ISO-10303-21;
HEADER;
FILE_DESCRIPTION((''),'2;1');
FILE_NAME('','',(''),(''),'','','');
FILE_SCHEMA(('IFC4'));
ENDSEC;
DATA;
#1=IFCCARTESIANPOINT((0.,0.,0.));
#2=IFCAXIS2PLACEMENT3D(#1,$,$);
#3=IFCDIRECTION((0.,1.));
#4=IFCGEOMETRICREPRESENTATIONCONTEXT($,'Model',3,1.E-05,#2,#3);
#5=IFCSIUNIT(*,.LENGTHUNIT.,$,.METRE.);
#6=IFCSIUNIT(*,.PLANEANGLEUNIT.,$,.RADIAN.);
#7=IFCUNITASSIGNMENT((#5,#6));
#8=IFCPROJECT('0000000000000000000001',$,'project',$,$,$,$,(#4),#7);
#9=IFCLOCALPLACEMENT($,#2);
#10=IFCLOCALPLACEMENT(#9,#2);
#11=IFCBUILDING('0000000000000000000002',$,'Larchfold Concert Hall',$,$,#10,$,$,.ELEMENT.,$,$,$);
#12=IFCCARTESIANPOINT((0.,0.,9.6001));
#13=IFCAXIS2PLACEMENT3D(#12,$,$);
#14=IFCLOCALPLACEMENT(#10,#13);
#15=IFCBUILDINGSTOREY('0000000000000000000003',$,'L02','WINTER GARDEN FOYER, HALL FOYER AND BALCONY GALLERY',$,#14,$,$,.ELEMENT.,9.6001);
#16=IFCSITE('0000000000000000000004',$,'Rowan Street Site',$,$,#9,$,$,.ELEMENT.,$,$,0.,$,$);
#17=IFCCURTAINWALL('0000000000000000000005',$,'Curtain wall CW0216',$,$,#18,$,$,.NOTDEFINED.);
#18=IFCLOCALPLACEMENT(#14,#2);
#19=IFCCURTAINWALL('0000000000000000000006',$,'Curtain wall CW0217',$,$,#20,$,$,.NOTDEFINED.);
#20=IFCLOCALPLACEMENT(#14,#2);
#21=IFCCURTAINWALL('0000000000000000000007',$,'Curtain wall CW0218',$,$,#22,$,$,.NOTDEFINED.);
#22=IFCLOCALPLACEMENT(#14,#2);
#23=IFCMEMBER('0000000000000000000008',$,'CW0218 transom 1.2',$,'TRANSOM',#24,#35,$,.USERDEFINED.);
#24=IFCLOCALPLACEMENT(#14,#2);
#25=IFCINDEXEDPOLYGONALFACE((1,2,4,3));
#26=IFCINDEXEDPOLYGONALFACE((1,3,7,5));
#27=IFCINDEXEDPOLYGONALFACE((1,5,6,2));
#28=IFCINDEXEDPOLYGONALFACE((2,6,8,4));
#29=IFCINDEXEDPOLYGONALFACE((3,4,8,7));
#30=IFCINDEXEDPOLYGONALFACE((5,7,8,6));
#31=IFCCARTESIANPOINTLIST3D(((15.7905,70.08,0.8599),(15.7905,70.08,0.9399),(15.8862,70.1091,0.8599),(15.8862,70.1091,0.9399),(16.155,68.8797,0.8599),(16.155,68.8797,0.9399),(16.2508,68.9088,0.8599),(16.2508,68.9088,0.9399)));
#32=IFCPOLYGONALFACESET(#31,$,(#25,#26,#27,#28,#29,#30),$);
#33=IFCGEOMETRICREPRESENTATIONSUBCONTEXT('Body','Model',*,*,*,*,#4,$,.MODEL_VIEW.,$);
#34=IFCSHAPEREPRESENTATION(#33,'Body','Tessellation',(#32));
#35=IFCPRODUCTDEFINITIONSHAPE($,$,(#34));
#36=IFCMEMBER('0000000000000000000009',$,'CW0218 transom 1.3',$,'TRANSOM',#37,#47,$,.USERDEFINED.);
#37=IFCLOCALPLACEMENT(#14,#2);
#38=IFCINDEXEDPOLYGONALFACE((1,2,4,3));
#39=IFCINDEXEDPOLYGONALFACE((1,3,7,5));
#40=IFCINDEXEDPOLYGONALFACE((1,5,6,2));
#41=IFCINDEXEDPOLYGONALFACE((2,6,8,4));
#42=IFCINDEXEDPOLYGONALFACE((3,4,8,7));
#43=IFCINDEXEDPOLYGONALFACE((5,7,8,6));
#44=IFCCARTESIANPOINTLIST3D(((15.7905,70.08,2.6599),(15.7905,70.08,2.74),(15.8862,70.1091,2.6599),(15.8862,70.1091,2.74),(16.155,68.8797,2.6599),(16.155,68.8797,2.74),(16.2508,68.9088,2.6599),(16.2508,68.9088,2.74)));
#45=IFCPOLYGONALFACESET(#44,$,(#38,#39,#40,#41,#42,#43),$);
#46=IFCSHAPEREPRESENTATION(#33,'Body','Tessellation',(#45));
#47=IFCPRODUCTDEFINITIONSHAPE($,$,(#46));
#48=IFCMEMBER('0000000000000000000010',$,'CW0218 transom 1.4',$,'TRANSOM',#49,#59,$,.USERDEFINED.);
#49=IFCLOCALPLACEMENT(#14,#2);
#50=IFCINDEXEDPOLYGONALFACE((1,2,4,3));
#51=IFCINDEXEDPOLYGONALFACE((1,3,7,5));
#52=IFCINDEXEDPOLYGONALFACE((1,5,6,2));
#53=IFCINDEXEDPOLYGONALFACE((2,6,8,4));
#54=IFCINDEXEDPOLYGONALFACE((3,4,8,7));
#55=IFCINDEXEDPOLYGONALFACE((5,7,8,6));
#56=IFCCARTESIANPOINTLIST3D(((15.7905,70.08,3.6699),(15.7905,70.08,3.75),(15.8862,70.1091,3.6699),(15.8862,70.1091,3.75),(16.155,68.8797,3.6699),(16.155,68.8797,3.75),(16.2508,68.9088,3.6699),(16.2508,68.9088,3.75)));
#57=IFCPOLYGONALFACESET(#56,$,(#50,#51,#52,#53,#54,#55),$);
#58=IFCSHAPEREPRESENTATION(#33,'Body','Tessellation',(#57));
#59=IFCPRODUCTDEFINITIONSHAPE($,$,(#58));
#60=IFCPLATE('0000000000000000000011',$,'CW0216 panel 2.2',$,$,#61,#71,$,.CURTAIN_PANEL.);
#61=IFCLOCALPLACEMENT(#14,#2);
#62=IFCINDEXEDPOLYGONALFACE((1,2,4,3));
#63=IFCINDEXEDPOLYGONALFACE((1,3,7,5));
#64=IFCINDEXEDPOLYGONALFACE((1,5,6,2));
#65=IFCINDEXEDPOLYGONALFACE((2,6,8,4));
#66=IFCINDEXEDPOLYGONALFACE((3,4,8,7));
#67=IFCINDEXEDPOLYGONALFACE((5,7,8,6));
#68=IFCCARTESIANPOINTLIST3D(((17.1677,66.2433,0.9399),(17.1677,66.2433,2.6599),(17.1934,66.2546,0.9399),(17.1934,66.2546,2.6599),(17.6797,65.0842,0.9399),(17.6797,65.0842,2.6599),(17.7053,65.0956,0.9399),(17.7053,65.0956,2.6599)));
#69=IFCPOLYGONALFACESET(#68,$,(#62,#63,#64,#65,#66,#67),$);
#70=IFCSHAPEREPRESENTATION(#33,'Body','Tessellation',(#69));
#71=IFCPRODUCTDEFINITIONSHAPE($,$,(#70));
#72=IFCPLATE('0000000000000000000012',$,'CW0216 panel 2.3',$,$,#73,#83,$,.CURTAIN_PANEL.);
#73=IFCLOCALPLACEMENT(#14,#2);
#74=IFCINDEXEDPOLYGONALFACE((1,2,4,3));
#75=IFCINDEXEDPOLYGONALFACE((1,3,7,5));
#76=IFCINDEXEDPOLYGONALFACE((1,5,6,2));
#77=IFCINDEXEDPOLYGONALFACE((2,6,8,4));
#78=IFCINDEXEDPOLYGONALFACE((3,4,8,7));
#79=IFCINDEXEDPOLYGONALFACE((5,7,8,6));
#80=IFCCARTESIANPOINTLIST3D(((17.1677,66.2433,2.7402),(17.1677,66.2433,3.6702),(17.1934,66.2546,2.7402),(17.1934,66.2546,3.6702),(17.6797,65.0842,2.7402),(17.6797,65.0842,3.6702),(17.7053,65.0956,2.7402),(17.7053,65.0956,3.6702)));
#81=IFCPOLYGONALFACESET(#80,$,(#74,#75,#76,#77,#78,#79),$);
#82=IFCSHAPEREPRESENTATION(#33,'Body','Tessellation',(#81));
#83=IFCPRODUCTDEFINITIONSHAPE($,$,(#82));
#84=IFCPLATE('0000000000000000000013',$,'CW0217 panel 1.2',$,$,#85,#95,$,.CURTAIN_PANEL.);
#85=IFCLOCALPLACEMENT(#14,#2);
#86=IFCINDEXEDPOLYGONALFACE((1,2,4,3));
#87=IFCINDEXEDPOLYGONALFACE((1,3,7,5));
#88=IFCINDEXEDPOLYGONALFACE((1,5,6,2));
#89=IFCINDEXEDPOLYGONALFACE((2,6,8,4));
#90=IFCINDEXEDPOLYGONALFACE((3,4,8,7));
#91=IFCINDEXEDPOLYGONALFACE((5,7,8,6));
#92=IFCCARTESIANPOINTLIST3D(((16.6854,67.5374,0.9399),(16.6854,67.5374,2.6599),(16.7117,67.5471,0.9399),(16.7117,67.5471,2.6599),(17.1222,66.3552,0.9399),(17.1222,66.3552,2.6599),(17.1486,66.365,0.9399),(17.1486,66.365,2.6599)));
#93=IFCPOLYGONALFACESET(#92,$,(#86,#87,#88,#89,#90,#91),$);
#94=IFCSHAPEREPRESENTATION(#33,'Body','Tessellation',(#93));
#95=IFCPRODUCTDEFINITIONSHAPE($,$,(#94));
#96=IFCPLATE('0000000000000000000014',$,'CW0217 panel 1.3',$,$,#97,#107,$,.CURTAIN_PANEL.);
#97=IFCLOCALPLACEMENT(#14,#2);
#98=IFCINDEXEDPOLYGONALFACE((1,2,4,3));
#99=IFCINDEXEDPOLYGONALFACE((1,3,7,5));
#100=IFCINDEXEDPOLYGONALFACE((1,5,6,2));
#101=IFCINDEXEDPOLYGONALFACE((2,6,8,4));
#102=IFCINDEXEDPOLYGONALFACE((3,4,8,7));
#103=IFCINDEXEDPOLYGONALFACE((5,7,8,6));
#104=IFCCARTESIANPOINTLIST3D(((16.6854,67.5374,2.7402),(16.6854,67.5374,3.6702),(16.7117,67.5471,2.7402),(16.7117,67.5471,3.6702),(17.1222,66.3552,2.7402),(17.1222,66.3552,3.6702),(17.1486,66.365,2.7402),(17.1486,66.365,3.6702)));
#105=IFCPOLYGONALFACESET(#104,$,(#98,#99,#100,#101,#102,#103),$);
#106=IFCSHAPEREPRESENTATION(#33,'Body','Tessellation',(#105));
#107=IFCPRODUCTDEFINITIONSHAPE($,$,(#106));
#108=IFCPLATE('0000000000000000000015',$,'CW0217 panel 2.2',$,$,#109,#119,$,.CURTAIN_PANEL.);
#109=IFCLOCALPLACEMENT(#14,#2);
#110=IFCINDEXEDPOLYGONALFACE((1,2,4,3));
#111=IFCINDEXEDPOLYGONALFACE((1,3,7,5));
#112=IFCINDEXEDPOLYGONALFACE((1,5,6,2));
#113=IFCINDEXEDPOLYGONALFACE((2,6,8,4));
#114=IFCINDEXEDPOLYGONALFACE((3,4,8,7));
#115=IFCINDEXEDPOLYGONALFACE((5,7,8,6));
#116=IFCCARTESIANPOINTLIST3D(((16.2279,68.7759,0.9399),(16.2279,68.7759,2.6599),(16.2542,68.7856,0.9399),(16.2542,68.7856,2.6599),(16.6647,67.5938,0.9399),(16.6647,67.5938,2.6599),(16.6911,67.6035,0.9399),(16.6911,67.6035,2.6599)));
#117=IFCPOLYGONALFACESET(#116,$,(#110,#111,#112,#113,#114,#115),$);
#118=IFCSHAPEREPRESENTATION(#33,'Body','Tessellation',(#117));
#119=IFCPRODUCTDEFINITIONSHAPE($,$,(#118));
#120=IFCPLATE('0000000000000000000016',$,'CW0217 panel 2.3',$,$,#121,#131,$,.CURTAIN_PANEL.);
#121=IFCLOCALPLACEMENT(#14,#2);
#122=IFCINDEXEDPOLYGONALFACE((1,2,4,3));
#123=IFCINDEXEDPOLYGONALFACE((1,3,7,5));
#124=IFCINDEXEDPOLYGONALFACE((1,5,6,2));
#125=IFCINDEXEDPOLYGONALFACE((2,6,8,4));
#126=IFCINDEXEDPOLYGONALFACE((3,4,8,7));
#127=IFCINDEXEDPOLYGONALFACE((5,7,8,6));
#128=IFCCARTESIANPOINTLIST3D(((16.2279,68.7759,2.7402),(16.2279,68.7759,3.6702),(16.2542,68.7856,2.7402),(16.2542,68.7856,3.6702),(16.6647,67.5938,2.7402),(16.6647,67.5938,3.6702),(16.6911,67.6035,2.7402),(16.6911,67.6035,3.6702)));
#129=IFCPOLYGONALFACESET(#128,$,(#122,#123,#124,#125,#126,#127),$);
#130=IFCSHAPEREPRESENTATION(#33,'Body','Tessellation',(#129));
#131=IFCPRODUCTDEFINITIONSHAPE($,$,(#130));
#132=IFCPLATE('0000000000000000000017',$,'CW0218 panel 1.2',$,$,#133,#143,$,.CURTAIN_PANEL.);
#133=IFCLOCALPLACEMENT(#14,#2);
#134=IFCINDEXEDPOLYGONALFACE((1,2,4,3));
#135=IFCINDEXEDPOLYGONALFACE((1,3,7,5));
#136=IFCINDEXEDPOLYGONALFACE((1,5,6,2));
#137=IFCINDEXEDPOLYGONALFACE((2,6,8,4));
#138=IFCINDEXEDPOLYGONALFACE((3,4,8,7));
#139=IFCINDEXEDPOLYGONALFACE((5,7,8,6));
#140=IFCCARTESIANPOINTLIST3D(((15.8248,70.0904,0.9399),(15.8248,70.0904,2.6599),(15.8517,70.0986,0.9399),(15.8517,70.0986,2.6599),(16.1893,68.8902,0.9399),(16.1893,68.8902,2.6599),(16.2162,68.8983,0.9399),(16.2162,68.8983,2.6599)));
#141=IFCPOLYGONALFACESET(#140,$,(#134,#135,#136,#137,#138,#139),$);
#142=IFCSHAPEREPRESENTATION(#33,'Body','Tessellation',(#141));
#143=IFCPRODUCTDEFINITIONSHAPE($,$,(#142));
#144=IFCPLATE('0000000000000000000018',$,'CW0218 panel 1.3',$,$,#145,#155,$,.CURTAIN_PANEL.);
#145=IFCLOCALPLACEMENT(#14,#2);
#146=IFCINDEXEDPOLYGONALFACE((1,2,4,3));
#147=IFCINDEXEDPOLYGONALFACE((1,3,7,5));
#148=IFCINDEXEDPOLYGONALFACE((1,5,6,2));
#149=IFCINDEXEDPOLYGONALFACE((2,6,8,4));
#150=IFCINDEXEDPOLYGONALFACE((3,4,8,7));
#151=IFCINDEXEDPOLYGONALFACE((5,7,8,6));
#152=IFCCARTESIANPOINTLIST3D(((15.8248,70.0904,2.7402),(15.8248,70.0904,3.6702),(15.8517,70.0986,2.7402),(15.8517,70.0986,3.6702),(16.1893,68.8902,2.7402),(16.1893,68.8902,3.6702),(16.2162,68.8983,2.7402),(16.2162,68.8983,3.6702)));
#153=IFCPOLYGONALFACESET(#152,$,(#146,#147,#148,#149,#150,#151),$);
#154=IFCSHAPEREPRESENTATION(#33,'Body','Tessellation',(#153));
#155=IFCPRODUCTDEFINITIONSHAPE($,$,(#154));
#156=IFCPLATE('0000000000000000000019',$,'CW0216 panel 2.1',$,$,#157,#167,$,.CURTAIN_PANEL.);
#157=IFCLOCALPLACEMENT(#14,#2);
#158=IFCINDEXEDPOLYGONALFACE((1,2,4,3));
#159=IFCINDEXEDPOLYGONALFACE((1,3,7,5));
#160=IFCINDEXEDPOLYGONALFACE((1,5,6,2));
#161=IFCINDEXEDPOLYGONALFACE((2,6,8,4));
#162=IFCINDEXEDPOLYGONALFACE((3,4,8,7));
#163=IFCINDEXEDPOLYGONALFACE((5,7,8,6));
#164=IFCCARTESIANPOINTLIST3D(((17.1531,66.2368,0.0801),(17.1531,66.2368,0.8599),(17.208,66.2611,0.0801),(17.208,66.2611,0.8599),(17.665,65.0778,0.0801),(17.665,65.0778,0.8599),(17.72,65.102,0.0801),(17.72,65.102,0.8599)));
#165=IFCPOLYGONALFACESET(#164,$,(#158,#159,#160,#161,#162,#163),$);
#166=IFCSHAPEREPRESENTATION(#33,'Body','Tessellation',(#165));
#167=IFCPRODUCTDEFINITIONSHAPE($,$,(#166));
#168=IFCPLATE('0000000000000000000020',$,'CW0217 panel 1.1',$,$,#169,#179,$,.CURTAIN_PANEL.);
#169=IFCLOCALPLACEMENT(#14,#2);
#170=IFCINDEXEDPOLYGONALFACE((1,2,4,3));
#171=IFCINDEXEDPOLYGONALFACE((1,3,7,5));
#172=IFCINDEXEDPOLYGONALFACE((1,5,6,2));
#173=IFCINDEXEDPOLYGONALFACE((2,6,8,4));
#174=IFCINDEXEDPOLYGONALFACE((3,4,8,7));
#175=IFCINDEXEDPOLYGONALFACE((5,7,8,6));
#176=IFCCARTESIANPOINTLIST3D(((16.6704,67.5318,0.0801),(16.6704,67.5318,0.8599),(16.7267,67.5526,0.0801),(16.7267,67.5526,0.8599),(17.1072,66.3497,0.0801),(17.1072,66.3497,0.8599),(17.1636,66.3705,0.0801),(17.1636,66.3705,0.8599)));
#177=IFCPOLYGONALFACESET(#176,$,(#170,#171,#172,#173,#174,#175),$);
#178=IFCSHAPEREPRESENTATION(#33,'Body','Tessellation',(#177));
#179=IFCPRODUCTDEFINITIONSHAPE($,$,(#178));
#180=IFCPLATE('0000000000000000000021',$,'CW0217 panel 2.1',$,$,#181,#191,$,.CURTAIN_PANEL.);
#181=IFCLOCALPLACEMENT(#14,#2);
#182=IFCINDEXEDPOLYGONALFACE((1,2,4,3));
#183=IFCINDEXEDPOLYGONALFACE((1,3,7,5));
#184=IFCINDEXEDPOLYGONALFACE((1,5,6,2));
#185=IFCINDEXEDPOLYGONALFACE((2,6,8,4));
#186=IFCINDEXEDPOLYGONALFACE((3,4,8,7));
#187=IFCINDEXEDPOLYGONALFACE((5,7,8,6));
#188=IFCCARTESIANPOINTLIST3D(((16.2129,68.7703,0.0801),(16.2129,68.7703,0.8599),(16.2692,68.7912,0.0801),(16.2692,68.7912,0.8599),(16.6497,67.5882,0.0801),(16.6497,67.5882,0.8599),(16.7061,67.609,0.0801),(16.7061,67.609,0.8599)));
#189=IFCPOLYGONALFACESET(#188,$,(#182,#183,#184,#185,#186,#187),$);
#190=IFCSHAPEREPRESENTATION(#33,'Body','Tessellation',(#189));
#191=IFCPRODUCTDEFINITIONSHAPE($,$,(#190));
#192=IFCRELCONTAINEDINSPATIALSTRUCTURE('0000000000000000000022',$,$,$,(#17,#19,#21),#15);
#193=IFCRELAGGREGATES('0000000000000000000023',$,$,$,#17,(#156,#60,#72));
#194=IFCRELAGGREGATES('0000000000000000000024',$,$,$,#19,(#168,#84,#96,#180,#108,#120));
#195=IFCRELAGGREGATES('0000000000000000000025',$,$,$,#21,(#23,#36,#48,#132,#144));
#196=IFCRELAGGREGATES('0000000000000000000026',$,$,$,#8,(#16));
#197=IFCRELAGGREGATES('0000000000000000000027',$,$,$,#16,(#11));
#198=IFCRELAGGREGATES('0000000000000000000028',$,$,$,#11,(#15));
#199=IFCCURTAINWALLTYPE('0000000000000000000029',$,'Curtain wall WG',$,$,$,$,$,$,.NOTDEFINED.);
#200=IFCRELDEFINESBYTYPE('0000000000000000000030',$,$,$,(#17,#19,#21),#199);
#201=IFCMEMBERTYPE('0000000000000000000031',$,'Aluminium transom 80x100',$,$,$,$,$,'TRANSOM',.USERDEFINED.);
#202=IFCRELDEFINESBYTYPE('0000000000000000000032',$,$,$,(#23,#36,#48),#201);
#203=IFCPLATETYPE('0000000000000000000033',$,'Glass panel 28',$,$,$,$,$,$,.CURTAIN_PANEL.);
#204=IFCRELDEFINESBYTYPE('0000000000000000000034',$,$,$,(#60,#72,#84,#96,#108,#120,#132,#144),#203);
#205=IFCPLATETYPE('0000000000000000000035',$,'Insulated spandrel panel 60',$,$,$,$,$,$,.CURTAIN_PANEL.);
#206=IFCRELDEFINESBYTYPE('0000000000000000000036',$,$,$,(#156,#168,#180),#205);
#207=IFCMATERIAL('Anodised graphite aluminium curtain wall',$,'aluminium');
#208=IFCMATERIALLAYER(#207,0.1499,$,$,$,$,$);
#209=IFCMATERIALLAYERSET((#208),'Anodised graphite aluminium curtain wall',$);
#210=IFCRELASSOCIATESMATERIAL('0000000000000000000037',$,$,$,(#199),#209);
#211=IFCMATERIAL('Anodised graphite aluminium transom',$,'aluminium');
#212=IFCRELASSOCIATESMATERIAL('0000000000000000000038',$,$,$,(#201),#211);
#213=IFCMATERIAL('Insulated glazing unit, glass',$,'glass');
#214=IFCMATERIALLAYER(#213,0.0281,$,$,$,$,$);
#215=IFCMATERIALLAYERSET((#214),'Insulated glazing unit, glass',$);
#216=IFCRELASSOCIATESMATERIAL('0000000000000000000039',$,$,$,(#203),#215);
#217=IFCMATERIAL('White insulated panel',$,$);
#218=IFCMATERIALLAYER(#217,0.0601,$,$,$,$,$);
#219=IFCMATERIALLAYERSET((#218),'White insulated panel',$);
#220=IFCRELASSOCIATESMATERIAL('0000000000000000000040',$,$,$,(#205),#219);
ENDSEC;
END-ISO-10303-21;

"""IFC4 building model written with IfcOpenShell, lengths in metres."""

from ifc_helpers import new_model, si_unit, direction, frame, origin, origin_2d, place, context, subcontext, project, spatial, rectangle, extrude, material, layer, layer_set, material_profile, profile_set, type_object, element, aggregate, save


model = new_model("IFC4")

# Units and contexts
model_context = context("Model", 3, precision=1e-05, world=origin(), true_north=direction((0.0, 1.0)))
body_context = subcontext(model_context, "Body", "Model", "MODEL_VIEW")
ifc_project = project(units=[si_unit("LENGTHUNIT", "METRE"), si_unit("PLANEANGLEUNIT", "RADIAN")], contexts=[model_context])

# Site, building, storey
site_placement = place(None, origin())
site = spatial("IfcSite", under=ifc_project, at=site_placement, Name="Rowan Street Site", CompositionType="ELEMENT", RefElevation=0.0)
building_placement = place(site_placement, origin())
building = spatial("IfcBuilding", under=site, at=building_placement, Name="Larchfold Concert Hall", CompositionType="ELEMENT")
storey_placement = place(building_placement, frame((0.0, 0.0, 9.6001)))
storey = spatial("IfcBuildingStorey", under=building, at=storey_placement, Name="L02", Description="WINTER GARDEN FOYER, HALL FOYER AND BALCONY GALLERY", CompositionType="ELEMENT", Elevation=9.6001)

# Curtain wall
ifc_material_1 = material(Name="Anodised graphite aluminium curtain wall", Category="aluminium")
ifc_layer_1 = layer(ifc_material_1, 0.1499)
ifc_layer_set_1 = layer_set([ifc_layer_1], Name="Anodised graphite aluminium curtain wall")
curtain_wall_type = type_object("IfcCurtainWallType", Name="Curtain wall WG", PredefinedType="NOTDEFINED", material=ifc_layer_set_1)
curtain_wall_1_placement = place(storey_placement, origin())
curtain_wall_1 = element("IfcCurtainWall", 1, at=curtain_wall_1_placement, inside=storey, type_object=curtain_wall_type, Name="Curtain wall CW0216", PredefinedType="NOTDEFINED")

# Curtain wall
curtain_wall_2_placement = place(storey_placement, origin())
curtain_wall_2 = element("IfcCurtainWall", 2, at=curtain_wall_2_placement, inside=storey, type_object=curtain_wall_type, Name="Curtain wall CW0217", PredefinedType="NOTDEFINED")

# Curtain wall
curtain_wall_3_placement = place(storey_placement, origin())
curtain_wall_3 = element("IfcCurtainWall", 3, at=curtain_wall_3_placement, inside=storey, type_object=curtain_wall_type, Name="Curtain wall CW0218", PredefinedType="NOTDEFINED")

# Members
ifc_material_2 = material(Name="Anodised graphite aluminium transom", Category="aluminium")
ifc_material_profile_1 = material_profile(ifc_material_2, rectangle(XDim=0.1001, YDim=0.0801, at=origin_2d()))
ifc_profile_set_1 = profile_set([ifc_material_profile_1], Name="Anodised graphite aluminium transom")
member_type_1 = type_object("IfcMemberType", Name="Aluminium transom 80x100", ElementType="TRANSOM", PredefinedType="USERDEFINED", material=ifc_profile_set_1)
member_1_placement = place(storey_placement, frame((16.2029, 68.8943, 0.8999), z_axis=(-0.290596, 0.956846, 0.0), x_axis=(-0.956846, -0.290596, 0.0)))
member_1 = element("IfcMember", 4, at=member_1_placement, type_object=member_type_1, Name="CW0218 transom 1.2", ObjectType="TRANSOM", PredefinedType="USERDEFINED", context=body_context, shape_type="SweptSolid", body=[
    extrude(rectangle(XDim=0.1001, YDim=0.0801, at=origin_2d()), origin(), (0.0, 0.0, 1.0), 1.2544),
])
member_2_placement = place(storey_placement, frame((16.2029, 68.8943, 2.7), z_axis=(-0.290596, 0.956846, 0.0), x_axis=(-0.956846, -0.290596, 0.0)))
member_2 = element("IfcMember", 5, at=member_2_placement, type_object=member_type_1, Name="CW0218 transom 1.3", ObjectType="TRANSOM", PredefinedType="USERDEFINED", context=body_context, shape_type="SweptSolid", body=[
    extrude(rectangle(XDim=0.1001, YDim=0.0801, at=origin_2d()), origin(), (0.0, 0.0, 1.0), 1.2544),
])
member_3_placement = place(storey_placement, frame((16.2029, 68.8943, 3.71), z_axis=(-0.290596, 0.956846, 0.0), x_axis=(-0.956846, -0.290596, 0.0)))
member_3 = element("IfcMember", 6, at=member_3_placement, type_object=member_type_1, Name="CW0218 transom 1.4", ObjectType="TRANSOM", PredefinedType="USERDEFINED", context=body_context, shape_type="SweptSolid", body=[
    extrude(rectangle(XDim=0.1001, YDim=0.0801, at=origin_2d()), origin(), (0.0, 0.0, 1.0), 1.2544),
])

# Plates
ifc_material_3 = material(Name="Insulated glazing unit, glass", Category="glass")
ifc_layer_2 = layer(ifc_material_3, 0.0281)
ifc_layer_set_2 = layer_set([ifc_layer_2], Name="Insulated glazing unit, glass")
plate_type_1 = type_object("IfcPlateType", Name="Glass panel 28", PredefinedType="CURTAIN_PANEL", material=ifc_layer_set_2)
plate_1_placement = place(storey_placement, frame((17.4365, 65.6694, 0.9399), z_axis=(0.0, 0.0, 1.0), x_axis=(-0.404034, 0.914744, 0.0)))
plate_1 = element("IfcPlate", 7, at=plate_1_placement, type_object=plate_type_1, Name="CW0216 panel 2.2", PredefinedType="CURTAIN_PANEL", context=body_context, shape_type="SweptSolid", body=[
    extrude(rectangle(XDim=1.2671, YDim=0.0281, at=origin_2d()), origin(), (0.0, 0.0, 1.0), 1.72),
])
plate_2_placement = place(storey_placement, frame((17.4365, 65.6694, 2.7402), z_axis=(0.0, 0.0, 1.0), x_axis=(-0.404034, 0.914744, 0.0)))
plate_2 = element("IfcPlate", 8, at=plate_2_placement, type_object=plate_type_1, Name="CW0216 panel 2.3", PredefinedType="CURTAIN_PANEL", context=body_context, shape_type="SweptSolid", body=[
    extrude(rectangle(XDim=1.2671, YDim=0.0281, at=origin_2d()), origin(), (0.0, 0.0, 1.0), 0.9299),
])
plate_3_placement = place(storey_placement, frame((16.917, 66.9512, 0.9399), z_axis=(0.0, 0.0, 1.0), x_axis=(-0.346631, 0.938002, 0.0)))
plate_3 = element("IfcPlate", 9, at=plate_3_placement, type_object=plate_type_1, Name="CW0217 panel 1.2", PredefinedType="CURTAIN_PANEL", context=body_context, shape_type="SweptSolid", body=[
    extrude(rectangle(XDim=1.2603, YDim=0.0281, at=origin_2d()), origin(), (0.0, 0.0, 1.0), 1.72),
])
plate_4_placement = place(storey_placement, frame((16.917, 66.9512, 2.7402), z_axis=(0.0, 0.0, 1.0), x_axis=(-0.346631, 0.938002, 0.0)))
plate_4 = element("IfcPlate", 10, at=plate_4_placement, type_object=plate_type_1, Name="CW0217 panel 1.3", PredefinedType="CURTAIN_PANEL", context=body_context, shape_type="SweptSolid", body=[
    extrude(rectangle(XDim=1.2603, YDim=0.0281, at=origin_2d()), origin(), (0.0, 0.0, 1.0), 0.9299),
])
plate_5_placement = place(storey_placement, frame((16.4595, 68.1897, 0.9399), z_axis=(0.0, 0.0, 1.0), x_axis=(-0.346631, 0.938002, 0.0)))
plate_5 = element("IfcPlate", 11, at=plate_5_placement, type_object=plate_type_1, Name="CW0217 panel 2.2", PredefinedType="CURTAIN_PANEL", context=body_context, shape_type="SweptSolid", body=[
    extrude(rectangle(XDim=1.2603, YDim=0.0281, at=origin_2d()), origin(), (0.0, 0.0, 1.0), 1.72),
])
plate_6_placement = place(storey_placement, frame((16.4595, 68.1897, 2.7402), z_axis=(0.0, 0.0, 1.0), x_axis=(-0.346631, 0.938002, 0.0)))
plate_6 = element("IfcPlate", 12, at=plate_6_placement, type_object=plate_type_1, Name="CW0217 panel 2.3", PredefinedType="CURTAIN_PANEL", context=body_context, shape_type="SweptSolid", body=[
    extrude(rectangle(XDim=1.2603, YDim=0.0281, at=origin_2d()), origin(), (0.0, 0.0, 1.0), 0.9299),
])
plate_7_placement = place(storey_placement, frame((16.0205, 69.4944, 0.9399), z_axis=(0.0, 0.0, 1.0), x_axis=(-0.290562, 0.956856, 0.0)))
plate_7 = element("IfcPlate", 13, at=plate_7_placement, type_object=plate_type_1, Name="CW0218 panel 1.2", PredefinedType="CURTAIN_PANEL", context=body_context, shape_type="SweptSolid", body=[
    extrude(rectangle(XDim=1.2544, YDim=0.0281, at=origin_2d()), origin(), (0.0, 0.0, 1.0), 1.72),
])
plate_8_placement = place(storey_placement, frame((16.0205, 69.4944, 2.7402), z_axis=(0.0, 0.0, 1.0), x_axis=(-0.290562, 0.956856, 0.0)))
plate_8 = element("IfcPlate", 14, at=plate_8_placement, type_object=plate_type_1, Name="CW0218 panel 1.3", PredefinedType="CURTAIN_PANEL", context=body_context, shape_type="SweptSolid", body=[
    extrude(rectangle(XDim=1.2544, YDim=0.0281, at=origin_2d()), origin(), (0.0, 0.0, 1.0), 0.9299),
])
ifc_material_4 = material(Name="White insulated panel")
ifc_layer_3 = layer(ifc_material_4, 0.0601)
ifc_layer_set_3 = layer_set([ifc_layer_3], Name="White insulated panel")
plate_type_2 = type_object("IfcPlateType", Name="Insulated spandrel panel 60", PredefinedType="CURTAIN_PANEL", material=ifc_layer_set_3)
plate_9_placement = place(storey_placement, frame((17.4365, 65.6694, 0.0801), z_axis=(0.0, 0.0, 1.0), x_axis=(-0.404034, 0.914744, 0.0)))
plate_9 = element("IfcPlate", 15, at=plate_9_placement, type_object=plate_type_2, Name="CW0216 panel 2.1", PredefinedType="CURTAIN_PANEL", context=body_context, shape_type="SweptSolid", body=[
    extrude(rectangle(XDim=1.2671, YDim=0.0601, at=origin_2d()), origin(), (0.0, 0.0, 1.0), 0.7798),
])
aggregate(curtain_wall_1, [plate_9, plate_1, plate_2])
plate_10_placement = place(storey_placement, frame((16.917, 66.9512, 0.0801), z_axis=(0.0, 0.0, 1.0), x_axis=(-0.346631, 0.938002, 0.0)))
plate_10 = element("IfcPlate", 16, at=plate_10_placement, type_object=plate_type_2, Name="CW0217 panel 1.1", PredefinedType="CURTAIN_PANEL", context=body_context, shape_type="SweptSolid", body=[
    extrude(rectangle(XDim=1.2603, YDim=0.0601, at=origin_2d()), origin(), (0.0, 0.0, 1.0), 0.7798),
])
plate_11_placement = place(storey_placement, frame((16.4595, 68.1897, 0.0801), z_axis=(0.0, 0.0, 1.0), x_axis=(-0.346631, 0.938002, 0.0)))
plate_11 = element("IfcPlate", 17, at=plate_11_placement, type_object=plate_type_2, Name="CW0217 panel 2.1", PredefinedType="CURTAIN_PANEL", context=body_context, shape_type="SweptSolid", body=[
    extrude(rectangle(XDim=1.2603, YDim=0.0601, at=origin_2d()), origin(), (0.0, 0.0, 1.0), 0.7798),
])
aggregate(curtain_wall_2, [plate_10, plate_3, plate_4, plate_11, plate_5, plate_6])
aggregate(curtain_wall_3, [member_1, member_2, member_3, plate_7, plate_8])

save(model, "model.ifc")
